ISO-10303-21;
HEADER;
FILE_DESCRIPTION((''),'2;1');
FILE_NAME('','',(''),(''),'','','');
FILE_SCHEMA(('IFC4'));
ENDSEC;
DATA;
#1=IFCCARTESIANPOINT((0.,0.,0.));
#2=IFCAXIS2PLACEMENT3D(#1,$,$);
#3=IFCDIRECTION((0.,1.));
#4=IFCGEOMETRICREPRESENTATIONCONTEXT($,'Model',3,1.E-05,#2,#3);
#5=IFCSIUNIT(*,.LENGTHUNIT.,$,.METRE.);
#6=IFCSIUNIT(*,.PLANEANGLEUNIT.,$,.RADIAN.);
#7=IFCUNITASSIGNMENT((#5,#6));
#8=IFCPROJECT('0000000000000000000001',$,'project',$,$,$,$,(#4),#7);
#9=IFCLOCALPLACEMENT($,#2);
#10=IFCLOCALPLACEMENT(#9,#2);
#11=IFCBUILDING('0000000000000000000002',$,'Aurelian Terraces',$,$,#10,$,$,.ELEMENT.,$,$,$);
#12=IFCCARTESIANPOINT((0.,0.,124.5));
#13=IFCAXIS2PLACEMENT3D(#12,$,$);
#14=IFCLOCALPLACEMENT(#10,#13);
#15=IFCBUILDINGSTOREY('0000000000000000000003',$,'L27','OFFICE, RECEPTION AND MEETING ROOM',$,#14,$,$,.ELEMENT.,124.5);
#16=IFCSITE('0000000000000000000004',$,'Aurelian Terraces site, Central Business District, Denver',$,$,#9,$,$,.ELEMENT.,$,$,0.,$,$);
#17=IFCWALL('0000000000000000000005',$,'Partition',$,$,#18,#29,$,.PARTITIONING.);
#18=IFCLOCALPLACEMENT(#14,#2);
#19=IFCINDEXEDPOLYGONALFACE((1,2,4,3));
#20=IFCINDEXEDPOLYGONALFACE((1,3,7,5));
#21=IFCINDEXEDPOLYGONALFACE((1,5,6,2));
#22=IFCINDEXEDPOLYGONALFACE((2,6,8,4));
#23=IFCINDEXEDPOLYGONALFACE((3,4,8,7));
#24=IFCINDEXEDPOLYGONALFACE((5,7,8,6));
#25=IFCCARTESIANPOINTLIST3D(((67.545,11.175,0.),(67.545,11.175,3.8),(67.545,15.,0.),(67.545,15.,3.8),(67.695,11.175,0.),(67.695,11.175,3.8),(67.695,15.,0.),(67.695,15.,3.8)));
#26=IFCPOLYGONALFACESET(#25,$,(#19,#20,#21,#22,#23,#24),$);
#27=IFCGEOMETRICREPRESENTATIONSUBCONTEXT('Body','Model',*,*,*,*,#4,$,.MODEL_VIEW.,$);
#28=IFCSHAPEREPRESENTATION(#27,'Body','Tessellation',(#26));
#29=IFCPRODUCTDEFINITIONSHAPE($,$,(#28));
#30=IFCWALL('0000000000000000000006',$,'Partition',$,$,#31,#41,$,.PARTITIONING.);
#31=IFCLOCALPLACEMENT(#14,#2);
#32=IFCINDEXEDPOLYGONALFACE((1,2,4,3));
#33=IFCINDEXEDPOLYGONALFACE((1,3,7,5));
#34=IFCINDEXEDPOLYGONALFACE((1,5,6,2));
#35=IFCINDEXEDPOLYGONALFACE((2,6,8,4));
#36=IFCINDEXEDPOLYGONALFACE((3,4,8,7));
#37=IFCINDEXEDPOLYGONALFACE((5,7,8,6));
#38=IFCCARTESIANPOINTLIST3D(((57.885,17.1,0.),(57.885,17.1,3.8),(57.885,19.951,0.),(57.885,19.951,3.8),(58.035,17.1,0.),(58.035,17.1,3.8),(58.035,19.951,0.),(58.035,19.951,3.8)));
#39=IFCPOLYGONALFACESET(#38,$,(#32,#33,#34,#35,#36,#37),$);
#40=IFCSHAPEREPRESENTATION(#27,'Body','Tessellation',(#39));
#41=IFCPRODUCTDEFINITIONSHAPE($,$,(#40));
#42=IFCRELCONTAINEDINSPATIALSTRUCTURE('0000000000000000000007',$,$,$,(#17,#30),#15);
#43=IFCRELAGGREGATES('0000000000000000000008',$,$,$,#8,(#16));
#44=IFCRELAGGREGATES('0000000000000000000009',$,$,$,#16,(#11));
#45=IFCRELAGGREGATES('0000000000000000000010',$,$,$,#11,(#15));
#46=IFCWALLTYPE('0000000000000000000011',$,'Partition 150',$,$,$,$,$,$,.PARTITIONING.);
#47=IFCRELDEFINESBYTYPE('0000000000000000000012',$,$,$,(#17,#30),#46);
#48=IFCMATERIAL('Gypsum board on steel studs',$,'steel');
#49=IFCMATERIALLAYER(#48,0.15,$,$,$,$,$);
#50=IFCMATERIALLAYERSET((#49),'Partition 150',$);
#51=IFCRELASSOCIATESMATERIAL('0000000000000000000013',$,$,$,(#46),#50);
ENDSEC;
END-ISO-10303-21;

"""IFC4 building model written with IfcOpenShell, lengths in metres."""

from ifc_helpers import new_model, si_unit, direction, frame, frame_2d, origin, place, context, subcontext, project, spatial, rectangle, extrude, source, transform, mapped, material, layer, layer_set, type_object, element, save


model = new_model("IFC4")

# Units and contexts
model_context = context("Model", 3, precision=1e-05, world=origin(), true_north=direction((0.0, 1.0)))
body_context = subcontext(model_context, "Body", "Model", "MODEL_VIEW")
ifc_project = project(units=[si_unit("LENGTHUNIT", "METRE"), si_unit("PLANEANGLEUNIT", "RADIAN")], contexts=[model_context])

# Site, building, storey
site_placement = place(None, origin())
site = spatial("IfcSite", under=ifc_project, at=site_placement, Name="Aurelian Terraces site, Central Business District, Denver", CompositionType="ELEMENT", RefElevation=0.0)
building_placement = place(site_placement, origin())
building = spatial("IfcBuilding", under=site, at=building_placement, Name="Aurelian Terraces", CompositionType="ELEMENT")
storey_placement = place(building_placement, frame((0.0, 0.0, 124.5)))
storey = spatial("IfcBuildingStorey", under=building, at=storey_placement, Name="L27", Description="OFFICE, RECEPTION AND MEETING ROOM", CompositionType="ELEMENT", Elevation=124.5)

# Shared definitions
ifc_material_1 = material(Name="Gypsum board on steel studs", Category="steel")
ifc_layer_1 = layer(ifc_material_1, 0.15)
ifc_layer_set_1 = layer_set([ifc_layer_1], Name="Partition 150")
wall_type_1 = type_object("IfcWallType", Name="Partition 150", PredefinedType="PARTITIONING", material=ifc_layer_set_1)

# Walls
shared_shape_1 = source(origin(), body_context, "Body", "SweptSolid", [
    extrude(rectangle(XDim=3.825, YDim=0.15, at=frame_2d((1.9125, 0.0))), origin(), (0.0, 0.0, 1.0), 3.8),
])
wall_1_placement = place(storey_placement, frame((67.62, 11.175, 0.0), z_axis=(0.0, 0.0, 1.0), x_axis=(0.0, 1.0, 0.0)))
element("IfcWall", 1, at=wall_1_placement, inside=storey, type_object=wall_type_1, Name="Partition", PredefinedType="PARTITIONING", context=body_context, shape_type="MappedRepresentation", body=[
    mapped(shared_shape_1, transform((0.0, 0.0, 0.0), scale=1.0)),
])
shared_shape_2 = source(origin(), body_context, "Body", "SweptSolid", [
    extrude(rectangle(XDim=2.851, YDim=0.15, at=frame_2d((1.4255, 0.0))), origin(), (0.0, 0.0, 1.0), 3.8),
])
wall_2_placement = place(storey_placement, frame((57.96, 17.1, 0.0), z_axis=(0.0, 0.0, 1.0), x_axis=(0.0, 1.0, 0.0)))
element("IfcWall", 2, at=wall_2_placement, inside=storey, type_object=wall_type_1, Name="Partition", PredefinedType="PARTITIONING", context=body_context, shape_type="MappedRepresentation", body=[
    mapped(shared_shape_2, transform((0.0, 0.0, 0.0), scale=1.0)),
])

save(model, "model.ifc")
